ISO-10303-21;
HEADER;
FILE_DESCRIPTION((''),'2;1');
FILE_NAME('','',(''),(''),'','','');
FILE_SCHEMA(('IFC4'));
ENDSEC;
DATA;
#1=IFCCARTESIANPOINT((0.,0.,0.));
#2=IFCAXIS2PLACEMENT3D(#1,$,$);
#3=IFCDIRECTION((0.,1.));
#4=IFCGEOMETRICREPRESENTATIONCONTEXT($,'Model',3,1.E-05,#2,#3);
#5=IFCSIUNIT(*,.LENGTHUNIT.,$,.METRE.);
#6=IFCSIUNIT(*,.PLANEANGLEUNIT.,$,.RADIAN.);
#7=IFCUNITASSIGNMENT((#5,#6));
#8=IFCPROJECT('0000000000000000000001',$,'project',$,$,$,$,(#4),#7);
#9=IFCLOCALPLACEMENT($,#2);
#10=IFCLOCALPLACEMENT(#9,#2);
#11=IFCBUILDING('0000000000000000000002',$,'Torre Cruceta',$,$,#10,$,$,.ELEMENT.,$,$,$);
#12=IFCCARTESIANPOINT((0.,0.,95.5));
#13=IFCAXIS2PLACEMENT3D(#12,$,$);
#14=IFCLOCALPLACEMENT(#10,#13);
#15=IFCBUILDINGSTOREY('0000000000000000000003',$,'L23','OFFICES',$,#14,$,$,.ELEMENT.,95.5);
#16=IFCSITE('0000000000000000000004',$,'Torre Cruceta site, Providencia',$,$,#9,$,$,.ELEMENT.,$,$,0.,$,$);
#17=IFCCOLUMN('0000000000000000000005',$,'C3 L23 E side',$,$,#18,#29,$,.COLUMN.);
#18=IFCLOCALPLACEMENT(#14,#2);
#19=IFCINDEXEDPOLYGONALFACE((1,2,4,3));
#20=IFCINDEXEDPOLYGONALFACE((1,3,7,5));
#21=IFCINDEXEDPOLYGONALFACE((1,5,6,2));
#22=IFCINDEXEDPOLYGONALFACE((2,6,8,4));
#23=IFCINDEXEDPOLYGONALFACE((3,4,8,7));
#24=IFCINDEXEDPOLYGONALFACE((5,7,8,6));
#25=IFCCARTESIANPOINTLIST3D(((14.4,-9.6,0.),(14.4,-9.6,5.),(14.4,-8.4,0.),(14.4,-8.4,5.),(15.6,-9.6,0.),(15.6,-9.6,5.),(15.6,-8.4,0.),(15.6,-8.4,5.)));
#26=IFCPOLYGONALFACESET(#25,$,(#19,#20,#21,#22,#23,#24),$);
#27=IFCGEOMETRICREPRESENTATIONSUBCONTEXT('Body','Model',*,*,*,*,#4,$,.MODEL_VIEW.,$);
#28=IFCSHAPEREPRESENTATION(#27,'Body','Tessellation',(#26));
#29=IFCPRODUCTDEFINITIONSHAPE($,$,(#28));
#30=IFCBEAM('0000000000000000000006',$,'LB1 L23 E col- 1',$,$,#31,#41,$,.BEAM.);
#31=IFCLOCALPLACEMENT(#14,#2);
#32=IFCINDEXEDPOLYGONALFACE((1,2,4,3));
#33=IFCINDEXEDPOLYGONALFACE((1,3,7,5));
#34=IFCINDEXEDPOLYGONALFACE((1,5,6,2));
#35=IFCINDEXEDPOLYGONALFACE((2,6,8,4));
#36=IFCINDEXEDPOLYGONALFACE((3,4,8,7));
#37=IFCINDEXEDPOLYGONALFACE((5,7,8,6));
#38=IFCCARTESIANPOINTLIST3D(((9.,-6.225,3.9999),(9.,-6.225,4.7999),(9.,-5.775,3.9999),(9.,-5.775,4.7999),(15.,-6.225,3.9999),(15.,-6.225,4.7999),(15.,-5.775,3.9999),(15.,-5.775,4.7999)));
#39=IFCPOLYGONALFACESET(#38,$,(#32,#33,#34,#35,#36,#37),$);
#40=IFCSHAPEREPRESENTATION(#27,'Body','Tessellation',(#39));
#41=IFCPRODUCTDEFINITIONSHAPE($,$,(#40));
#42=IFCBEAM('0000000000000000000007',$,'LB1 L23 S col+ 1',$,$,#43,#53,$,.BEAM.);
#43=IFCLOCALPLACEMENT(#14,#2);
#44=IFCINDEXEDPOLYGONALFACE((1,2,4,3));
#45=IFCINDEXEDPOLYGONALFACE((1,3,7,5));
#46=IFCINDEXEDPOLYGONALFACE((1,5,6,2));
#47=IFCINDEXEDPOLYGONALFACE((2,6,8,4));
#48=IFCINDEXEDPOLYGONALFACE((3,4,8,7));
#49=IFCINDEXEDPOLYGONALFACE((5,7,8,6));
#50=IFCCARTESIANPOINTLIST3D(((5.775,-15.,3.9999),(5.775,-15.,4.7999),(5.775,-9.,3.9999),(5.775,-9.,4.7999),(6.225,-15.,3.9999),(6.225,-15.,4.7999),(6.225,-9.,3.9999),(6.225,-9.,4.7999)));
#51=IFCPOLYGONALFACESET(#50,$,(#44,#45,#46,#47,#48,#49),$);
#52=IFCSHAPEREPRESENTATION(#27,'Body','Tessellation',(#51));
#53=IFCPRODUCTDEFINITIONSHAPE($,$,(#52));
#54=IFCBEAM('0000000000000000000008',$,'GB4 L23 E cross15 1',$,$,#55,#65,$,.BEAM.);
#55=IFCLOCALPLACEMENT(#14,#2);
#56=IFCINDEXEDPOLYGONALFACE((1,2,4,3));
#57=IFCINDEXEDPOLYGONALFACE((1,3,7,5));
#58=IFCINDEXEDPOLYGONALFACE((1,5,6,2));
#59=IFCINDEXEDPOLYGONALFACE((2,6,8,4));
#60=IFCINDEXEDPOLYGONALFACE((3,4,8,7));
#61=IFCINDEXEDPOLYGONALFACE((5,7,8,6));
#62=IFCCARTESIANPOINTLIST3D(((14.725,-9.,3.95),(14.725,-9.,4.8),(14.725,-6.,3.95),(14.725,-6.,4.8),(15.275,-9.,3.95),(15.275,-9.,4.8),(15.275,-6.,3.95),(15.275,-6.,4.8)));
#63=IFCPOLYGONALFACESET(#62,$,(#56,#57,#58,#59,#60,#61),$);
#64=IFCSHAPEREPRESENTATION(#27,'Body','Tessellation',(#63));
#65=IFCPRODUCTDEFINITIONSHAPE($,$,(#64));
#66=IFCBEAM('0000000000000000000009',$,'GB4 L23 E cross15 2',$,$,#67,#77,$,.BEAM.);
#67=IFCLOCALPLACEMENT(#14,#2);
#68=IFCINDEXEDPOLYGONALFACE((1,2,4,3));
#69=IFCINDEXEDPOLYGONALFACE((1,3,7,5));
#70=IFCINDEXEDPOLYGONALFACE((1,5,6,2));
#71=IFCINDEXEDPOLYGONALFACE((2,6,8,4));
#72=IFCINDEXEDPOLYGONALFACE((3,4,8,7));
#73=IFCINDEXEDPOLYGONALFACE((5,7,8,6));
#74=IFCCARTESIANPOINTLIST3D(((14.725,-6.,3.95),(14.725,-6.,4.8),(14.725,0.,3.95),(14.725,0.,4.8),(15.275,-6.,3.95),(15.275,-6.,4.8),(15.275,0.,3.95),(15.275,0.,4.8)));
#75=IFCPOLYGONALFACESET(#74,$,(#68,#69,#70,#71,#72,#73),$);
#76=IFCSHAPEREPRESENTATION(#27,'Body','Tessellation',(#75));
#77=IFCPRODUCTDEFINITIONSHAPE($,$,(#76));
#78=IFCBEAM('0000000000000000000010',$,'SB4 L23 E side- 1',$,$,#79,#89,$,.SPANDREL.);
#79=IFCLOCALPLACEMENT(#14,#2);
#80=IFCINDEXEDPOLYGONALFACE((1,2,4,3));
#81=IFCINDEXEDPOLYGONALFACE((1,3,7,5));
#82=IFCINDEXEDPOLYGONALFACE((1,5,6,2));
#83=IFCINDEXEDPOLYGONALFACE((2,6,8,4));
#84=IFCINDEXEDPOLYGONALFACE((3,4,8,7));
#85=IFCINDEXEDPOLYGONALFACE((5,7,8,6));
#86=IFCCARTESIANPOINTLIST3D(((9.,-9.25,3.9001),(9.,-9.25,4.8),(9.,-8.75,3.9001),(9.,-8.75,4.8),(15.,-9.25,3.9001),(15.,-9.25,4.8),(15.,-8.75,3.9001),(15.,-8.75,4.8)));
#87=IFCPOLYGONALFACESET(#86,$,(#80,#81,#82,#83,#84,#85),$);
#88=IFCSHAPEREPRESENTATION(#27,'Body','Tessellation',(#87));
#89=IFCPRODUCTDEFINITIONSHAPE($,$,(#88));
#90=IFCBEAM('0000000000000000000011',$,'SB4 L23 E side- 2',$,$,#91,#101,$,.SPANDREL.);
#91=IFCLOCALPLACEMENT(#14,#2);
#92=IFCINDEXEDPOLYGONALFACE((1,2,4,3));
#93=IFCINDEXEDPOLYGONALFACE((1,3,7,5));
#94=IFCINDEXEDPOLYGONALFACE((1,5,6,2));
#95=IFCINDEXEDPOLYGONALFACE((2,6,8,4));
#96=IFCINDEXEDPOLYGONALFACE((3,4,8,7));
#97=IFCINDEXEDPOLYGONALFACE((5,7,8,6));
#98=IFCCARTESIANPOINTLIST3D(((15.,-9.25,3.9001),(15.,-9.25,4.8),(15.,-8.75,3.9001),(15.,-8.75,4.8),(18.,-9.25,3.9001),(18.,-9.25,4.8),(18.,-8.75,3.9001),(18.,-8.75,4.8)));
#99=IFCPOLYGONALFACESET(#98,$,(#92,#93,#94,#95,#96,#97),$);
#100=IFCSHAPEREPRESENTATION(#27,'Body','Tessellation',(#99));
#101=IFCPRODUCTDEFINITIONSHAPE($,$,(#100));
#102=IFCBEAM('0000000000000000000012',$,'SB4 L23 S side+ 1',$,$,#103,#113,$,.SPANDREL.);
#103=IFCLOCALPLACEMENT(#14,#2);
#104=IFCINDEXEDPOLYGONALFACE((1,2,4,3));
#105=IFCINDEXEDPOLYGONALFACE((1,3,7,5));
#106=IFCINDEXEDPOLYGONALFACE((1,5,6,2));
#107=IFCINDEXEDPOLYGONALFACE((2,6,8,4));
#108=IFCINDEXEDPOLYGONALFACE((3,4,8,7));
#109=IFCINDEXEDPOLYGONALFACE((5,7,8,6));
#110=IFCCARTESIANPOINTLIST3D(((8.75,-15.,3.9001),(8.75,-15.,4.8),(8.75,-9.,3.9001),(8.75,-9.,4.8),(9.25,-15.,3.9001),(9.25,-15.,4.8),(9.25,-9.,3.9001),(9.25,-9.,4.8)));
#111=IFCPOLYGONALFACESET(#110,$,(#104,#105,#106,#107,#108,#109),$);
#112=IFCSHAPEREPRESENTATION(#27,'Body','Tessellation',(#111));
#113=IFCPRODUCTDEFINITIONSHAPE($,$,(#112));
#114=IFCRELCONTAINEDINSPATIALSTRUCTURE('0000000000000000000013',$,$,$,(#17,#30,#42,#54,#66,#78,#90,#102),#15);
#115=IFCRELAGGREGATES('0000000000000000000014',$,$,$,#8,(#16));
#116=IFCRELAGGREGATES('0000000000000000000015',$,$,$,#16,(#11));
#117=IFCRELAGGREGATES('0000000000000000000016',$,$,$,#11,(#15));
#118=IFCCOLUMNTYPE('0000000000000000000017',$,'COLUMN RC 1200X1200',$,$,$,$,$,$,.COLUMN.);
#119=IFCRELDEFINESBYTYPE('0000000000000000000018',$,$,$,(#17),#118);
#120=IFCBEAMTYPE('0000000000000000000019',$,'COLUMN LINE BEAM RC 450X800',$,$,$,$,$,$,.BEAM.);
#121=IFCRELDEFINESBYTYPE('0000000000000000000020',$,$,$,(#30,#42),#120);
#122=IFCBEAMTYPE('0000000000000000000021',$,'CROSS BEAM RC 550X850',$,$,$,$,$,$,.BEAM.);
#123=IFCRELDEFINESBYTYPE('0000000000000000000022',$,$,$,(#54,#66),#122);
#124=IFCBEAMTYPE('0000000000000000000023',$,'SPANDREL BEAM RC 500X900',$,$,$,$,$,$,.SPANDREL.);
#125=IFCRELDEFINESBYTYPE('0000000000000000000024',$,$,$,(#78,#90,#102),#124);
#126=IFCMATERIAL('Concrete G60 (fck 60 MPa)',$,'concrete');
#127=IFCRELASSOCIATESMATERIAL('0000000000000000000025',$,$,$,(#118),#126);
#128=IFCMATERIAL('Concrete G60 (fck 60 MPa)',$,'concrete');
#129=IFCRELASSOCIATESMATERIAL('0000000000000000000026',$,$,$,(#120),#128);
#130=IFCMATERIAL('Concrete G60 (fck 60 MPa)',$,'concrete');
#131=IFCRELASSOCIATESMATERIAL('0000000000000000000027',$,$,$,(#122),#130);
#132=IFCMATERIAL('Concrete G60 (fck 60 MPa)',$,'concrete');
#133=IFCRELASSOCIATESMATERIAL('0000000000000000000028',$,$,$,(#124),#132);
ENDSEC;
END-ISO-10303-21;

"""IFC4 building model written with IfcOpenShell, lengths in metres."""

from ifc_helpers import new_model, si_unit, direction, frame, origin, origin_2d, place, context, subcontext, project, spatial, rectangle, extrude, material, material_profile, profile_set, type_object, element, save


model = new_model("IFC4")

# Units and contexts
model_context = context("Model", 3, precision=1e-05, world=origin(), true_north=direction((0.0, 1.0)))
body_context = subcontext(model_context, "Body", "Model", "MODEL_VIEW")
ifc_project = project(units=[si_unit("LENGTHUNIT", "METRE"), si_unit("PLANEANGLEUNIT", "RADIAN")], contexts=[model_context])

# Site, building, storey
site_placement = place(None, origin())
site = spatial("IfcSite", under=ifc_project, at=site_placement, Name="Torre Cruceta site, Providencia", CompositionType="ELEMENT", RefElevation=0.0)
building_placement = place(site_placement, origin())
building = spatial("IfcBuilding", under=site, at=building_placement, Name="Torre Cruceta", CompositionType="ELEMENT")
storey_placement = place(building_placement, frame((0.0, 0.0, 95.5)))
storey = spatial("IfcBuildingStorey", under=building, at=storey_placement, Name="L23", Description="OFFICES", CompositionType="ELEMENT", Elevation=95.5)

# Column
ifc_material_1 = material(Name="Concrete G60 (fck 60 MPa)", Category="concrete")
ifc_material_profile_1 = material_profile(ifc_material_1, rectangle(XDim=1.2, YDim=1.2, at=origin_2d()), Name="RC 1200X1200")
ifc_profile_set_1 = profile_set([ifc_material_profile_1], Name="Concrete G60 (fck 60 MPa)")
column_type = type_object("IfcColumnType", Name="COLUMN RC 1200X1200", PredefinedType="COLUMN", material=ifc_profile_set_1)
column_placement = place(storey_placement, frame((15.0, -9.0, 0.0), z_axis=(0.0, 0.0, 1.0), x_axis=(1.0, 0.0, 0.0)))
element("IfcColumn", 1, at=column_placement, inside=storey, type_object=column_type, Name="C3 L23 E side", PredefinedType="COLUMN", context=body_context, shape_type="SweptSolid", body=[
    extrude(rectangle(XDim=1.2, YDim=1.2, at=origin_2d()), origin(), (0.0, 0.0, 1.0), 5.0),
])

# Beams
ifc_material_2 = material(Name="Concrete G60 (fck 60 MPa)", Category="concrete")
ifc_material_profile_2 = material_profile(ifc_material_2, rectangle(XDim=0.45, YDim=0.8, at=origin_2d()), Name="RC 450X800")
ifc_profile_set_2 = profile_set([ifc_material_profile_2], Name="Concrete G60 (fck 60 MPa)")
beam_type_1 = type_object("IfcBeamType", Name="COLUMN LINE BEAM RC 450X800", PredefinedType="BEAM", material=ifc_profile_set_2)
for number, where, z_axis, x_axis, name in (
    (2, (9.0, -6.0, 4.3999), (1.0, 0.0, 0.0), (0.0, 1.0, 0.0), "LB1 L23 E col- 1"),
    (3, (6.0, -9.0, 4.3999), (0.0, -1.0, 0.0), (1.0, 0.0, 0.0), "LB1 L23 S col+ 1"),
):
    element("IfcBeam", number, at=place(storey_placement, frame(where, z_axis=z_axis, x_axis=x_axis)), inside=storey, type_object=beam_type_1, Name=name, PredefinedType="BEAM", context=body_context, shape_type="SweptSolid", body=[
        extrude(rectangle(XDim=0.45, YDim=0.8, at=origin_2d()), origin(), (0.0, 0.0, 1.0), 6.0),
    ])
ifc_material_3 = material(Name="Concrete G60 (fck 60 MPa)", Category="concrete")
ifc_material_profile_3 = material_profile(ifc_material_3, rectangle(XDim=0.55, YDim=0.8501, at=origin_2d()), Name="RC 550X850")
ifc_profile_set_3 = profile_set([ifc_material_profile_3], Name="Concrete G60 (fck 60 MPa)")
beam_type_2 = type_object("IfcBeamType", Name="CROSS BEAM RC 550X850", PredefinedType="BEAM", material=ifc_profile_set_3)
beam_1_placement = place(storey_placement, frame((15.0, -9.0, 4.375), z_axis=(0.0, 1.0, 0.0), x_axis=(-1.0, 0.0, 0.0)))
element("IfcBeam", 4, at=beam_1_placement, inside=storey, type_object=beam_type_2, Name="GB4 L23 E cross15 1", PredefinedType="BEAM", context=body_context, shape_type="SweptSolid", body=[
    extrude(rectangle(XDim=0.55, YDim=0.8501, at=origin_2d()), origin(), (0.0, 0.0, 1.0), 3.0),
])
beam_2_placement = place(storey_placement, frame((15.0, -6.0, 4.375), z_axis=(0.0, 1.0, 0.0), x_axis=(-1.0, 0.0, 0.0)))
element("IfcBeam", 5, at=beam_2_placement, inside=storey, type_object=beam_type_2, Name="GB4 L23 E cross15 2", PredefinedType="BEAM", context=body_context, shape_type="SweptSolid", body=[
    extrude(rectangle(XDim=0.55, YDim=0.8501, at=origin_2d()), origin(), (0.0, 0.0, 1.0), 6.0),
])
ifc_material_4 = material(Name="Concrete G60 (fck 60 MPa)", Category="concrete")
ifc_material_profile_4 = material_profile(ifc_material_4, rectangle(XDim=0.5, YDim=0.8999, at=origin_2d()), Name="RC 500X900")
ifc_profile_set_4 = profile_set([ifc_material_profile_4], Name="Concrete G60 (fck 60 MPa)")
beam_type_3 = type_object("IfcBeamType", Name="SPANDREL BEAM RC 500X900", PredefinedType="SPANDREL", material=ifc_profile_set_4)
beam_3_placement = place(storey_placement, frame((9.0, -9.0, 4.3501), z_axis=(1.0, 0.0, 0.0), x_axis=(0.0, 1.0, 0.0)))
element("IfcBeam", 6, at=beam_3_placement, inside=storey, type_object=beam_type_3, Name="SB4 L23 E side- 1", PredefinedType="SPANDREL", context=body_context, shape_type="SweptSolid", body=[
    extrude(rectangle(XDim=0.5, YDim=0.8999, at=origin_2d()), origin(), (0.0, 0.0, 1.0), 6.0),
])
beam_4_placement = place(storey_placement, frame((15.0, -9.0, 4.3501), z_axis=(1.0, 0.0, 0.0), x_axis=(0.0, 1.0, 0.0)))
element("IfcBeam", 7, at=beam_4_placement, inside=storey, type_object=beam_type_3, Name="SB4 L23 E side- 2", PredefinedType="SPANDREL", context=body_context, shape_type="SweptSolid", body=[
    extrude(rectangle(XDim=0.5, YDim=0.8999, at=origin_2d()), origin(), (0.0, 0.0, 1.0), 3.0),
])
beam_5_placement = place(storey_placement, frame((9.0, -9.0, 4.3501), z_axis=(0.0, -1.0, 0.0), x_axis=(1.0, 0.0, 0.0)))
element("IfcBeam", 8, at=beam_5_placement, inside=storey, type_object=beam_type_3, Name="SB4 L23 S side+ 1", PredefinedType="SPANDREL", context=body_context, shape_type="SweptSolid", body=[
    extrude(rectangle(XDim=0.5, YDim=0.8999, at=origin_2d()), origin(), (0.0, 0.0, 1.0), 6.0),
])

save(model, "model.ifc")
